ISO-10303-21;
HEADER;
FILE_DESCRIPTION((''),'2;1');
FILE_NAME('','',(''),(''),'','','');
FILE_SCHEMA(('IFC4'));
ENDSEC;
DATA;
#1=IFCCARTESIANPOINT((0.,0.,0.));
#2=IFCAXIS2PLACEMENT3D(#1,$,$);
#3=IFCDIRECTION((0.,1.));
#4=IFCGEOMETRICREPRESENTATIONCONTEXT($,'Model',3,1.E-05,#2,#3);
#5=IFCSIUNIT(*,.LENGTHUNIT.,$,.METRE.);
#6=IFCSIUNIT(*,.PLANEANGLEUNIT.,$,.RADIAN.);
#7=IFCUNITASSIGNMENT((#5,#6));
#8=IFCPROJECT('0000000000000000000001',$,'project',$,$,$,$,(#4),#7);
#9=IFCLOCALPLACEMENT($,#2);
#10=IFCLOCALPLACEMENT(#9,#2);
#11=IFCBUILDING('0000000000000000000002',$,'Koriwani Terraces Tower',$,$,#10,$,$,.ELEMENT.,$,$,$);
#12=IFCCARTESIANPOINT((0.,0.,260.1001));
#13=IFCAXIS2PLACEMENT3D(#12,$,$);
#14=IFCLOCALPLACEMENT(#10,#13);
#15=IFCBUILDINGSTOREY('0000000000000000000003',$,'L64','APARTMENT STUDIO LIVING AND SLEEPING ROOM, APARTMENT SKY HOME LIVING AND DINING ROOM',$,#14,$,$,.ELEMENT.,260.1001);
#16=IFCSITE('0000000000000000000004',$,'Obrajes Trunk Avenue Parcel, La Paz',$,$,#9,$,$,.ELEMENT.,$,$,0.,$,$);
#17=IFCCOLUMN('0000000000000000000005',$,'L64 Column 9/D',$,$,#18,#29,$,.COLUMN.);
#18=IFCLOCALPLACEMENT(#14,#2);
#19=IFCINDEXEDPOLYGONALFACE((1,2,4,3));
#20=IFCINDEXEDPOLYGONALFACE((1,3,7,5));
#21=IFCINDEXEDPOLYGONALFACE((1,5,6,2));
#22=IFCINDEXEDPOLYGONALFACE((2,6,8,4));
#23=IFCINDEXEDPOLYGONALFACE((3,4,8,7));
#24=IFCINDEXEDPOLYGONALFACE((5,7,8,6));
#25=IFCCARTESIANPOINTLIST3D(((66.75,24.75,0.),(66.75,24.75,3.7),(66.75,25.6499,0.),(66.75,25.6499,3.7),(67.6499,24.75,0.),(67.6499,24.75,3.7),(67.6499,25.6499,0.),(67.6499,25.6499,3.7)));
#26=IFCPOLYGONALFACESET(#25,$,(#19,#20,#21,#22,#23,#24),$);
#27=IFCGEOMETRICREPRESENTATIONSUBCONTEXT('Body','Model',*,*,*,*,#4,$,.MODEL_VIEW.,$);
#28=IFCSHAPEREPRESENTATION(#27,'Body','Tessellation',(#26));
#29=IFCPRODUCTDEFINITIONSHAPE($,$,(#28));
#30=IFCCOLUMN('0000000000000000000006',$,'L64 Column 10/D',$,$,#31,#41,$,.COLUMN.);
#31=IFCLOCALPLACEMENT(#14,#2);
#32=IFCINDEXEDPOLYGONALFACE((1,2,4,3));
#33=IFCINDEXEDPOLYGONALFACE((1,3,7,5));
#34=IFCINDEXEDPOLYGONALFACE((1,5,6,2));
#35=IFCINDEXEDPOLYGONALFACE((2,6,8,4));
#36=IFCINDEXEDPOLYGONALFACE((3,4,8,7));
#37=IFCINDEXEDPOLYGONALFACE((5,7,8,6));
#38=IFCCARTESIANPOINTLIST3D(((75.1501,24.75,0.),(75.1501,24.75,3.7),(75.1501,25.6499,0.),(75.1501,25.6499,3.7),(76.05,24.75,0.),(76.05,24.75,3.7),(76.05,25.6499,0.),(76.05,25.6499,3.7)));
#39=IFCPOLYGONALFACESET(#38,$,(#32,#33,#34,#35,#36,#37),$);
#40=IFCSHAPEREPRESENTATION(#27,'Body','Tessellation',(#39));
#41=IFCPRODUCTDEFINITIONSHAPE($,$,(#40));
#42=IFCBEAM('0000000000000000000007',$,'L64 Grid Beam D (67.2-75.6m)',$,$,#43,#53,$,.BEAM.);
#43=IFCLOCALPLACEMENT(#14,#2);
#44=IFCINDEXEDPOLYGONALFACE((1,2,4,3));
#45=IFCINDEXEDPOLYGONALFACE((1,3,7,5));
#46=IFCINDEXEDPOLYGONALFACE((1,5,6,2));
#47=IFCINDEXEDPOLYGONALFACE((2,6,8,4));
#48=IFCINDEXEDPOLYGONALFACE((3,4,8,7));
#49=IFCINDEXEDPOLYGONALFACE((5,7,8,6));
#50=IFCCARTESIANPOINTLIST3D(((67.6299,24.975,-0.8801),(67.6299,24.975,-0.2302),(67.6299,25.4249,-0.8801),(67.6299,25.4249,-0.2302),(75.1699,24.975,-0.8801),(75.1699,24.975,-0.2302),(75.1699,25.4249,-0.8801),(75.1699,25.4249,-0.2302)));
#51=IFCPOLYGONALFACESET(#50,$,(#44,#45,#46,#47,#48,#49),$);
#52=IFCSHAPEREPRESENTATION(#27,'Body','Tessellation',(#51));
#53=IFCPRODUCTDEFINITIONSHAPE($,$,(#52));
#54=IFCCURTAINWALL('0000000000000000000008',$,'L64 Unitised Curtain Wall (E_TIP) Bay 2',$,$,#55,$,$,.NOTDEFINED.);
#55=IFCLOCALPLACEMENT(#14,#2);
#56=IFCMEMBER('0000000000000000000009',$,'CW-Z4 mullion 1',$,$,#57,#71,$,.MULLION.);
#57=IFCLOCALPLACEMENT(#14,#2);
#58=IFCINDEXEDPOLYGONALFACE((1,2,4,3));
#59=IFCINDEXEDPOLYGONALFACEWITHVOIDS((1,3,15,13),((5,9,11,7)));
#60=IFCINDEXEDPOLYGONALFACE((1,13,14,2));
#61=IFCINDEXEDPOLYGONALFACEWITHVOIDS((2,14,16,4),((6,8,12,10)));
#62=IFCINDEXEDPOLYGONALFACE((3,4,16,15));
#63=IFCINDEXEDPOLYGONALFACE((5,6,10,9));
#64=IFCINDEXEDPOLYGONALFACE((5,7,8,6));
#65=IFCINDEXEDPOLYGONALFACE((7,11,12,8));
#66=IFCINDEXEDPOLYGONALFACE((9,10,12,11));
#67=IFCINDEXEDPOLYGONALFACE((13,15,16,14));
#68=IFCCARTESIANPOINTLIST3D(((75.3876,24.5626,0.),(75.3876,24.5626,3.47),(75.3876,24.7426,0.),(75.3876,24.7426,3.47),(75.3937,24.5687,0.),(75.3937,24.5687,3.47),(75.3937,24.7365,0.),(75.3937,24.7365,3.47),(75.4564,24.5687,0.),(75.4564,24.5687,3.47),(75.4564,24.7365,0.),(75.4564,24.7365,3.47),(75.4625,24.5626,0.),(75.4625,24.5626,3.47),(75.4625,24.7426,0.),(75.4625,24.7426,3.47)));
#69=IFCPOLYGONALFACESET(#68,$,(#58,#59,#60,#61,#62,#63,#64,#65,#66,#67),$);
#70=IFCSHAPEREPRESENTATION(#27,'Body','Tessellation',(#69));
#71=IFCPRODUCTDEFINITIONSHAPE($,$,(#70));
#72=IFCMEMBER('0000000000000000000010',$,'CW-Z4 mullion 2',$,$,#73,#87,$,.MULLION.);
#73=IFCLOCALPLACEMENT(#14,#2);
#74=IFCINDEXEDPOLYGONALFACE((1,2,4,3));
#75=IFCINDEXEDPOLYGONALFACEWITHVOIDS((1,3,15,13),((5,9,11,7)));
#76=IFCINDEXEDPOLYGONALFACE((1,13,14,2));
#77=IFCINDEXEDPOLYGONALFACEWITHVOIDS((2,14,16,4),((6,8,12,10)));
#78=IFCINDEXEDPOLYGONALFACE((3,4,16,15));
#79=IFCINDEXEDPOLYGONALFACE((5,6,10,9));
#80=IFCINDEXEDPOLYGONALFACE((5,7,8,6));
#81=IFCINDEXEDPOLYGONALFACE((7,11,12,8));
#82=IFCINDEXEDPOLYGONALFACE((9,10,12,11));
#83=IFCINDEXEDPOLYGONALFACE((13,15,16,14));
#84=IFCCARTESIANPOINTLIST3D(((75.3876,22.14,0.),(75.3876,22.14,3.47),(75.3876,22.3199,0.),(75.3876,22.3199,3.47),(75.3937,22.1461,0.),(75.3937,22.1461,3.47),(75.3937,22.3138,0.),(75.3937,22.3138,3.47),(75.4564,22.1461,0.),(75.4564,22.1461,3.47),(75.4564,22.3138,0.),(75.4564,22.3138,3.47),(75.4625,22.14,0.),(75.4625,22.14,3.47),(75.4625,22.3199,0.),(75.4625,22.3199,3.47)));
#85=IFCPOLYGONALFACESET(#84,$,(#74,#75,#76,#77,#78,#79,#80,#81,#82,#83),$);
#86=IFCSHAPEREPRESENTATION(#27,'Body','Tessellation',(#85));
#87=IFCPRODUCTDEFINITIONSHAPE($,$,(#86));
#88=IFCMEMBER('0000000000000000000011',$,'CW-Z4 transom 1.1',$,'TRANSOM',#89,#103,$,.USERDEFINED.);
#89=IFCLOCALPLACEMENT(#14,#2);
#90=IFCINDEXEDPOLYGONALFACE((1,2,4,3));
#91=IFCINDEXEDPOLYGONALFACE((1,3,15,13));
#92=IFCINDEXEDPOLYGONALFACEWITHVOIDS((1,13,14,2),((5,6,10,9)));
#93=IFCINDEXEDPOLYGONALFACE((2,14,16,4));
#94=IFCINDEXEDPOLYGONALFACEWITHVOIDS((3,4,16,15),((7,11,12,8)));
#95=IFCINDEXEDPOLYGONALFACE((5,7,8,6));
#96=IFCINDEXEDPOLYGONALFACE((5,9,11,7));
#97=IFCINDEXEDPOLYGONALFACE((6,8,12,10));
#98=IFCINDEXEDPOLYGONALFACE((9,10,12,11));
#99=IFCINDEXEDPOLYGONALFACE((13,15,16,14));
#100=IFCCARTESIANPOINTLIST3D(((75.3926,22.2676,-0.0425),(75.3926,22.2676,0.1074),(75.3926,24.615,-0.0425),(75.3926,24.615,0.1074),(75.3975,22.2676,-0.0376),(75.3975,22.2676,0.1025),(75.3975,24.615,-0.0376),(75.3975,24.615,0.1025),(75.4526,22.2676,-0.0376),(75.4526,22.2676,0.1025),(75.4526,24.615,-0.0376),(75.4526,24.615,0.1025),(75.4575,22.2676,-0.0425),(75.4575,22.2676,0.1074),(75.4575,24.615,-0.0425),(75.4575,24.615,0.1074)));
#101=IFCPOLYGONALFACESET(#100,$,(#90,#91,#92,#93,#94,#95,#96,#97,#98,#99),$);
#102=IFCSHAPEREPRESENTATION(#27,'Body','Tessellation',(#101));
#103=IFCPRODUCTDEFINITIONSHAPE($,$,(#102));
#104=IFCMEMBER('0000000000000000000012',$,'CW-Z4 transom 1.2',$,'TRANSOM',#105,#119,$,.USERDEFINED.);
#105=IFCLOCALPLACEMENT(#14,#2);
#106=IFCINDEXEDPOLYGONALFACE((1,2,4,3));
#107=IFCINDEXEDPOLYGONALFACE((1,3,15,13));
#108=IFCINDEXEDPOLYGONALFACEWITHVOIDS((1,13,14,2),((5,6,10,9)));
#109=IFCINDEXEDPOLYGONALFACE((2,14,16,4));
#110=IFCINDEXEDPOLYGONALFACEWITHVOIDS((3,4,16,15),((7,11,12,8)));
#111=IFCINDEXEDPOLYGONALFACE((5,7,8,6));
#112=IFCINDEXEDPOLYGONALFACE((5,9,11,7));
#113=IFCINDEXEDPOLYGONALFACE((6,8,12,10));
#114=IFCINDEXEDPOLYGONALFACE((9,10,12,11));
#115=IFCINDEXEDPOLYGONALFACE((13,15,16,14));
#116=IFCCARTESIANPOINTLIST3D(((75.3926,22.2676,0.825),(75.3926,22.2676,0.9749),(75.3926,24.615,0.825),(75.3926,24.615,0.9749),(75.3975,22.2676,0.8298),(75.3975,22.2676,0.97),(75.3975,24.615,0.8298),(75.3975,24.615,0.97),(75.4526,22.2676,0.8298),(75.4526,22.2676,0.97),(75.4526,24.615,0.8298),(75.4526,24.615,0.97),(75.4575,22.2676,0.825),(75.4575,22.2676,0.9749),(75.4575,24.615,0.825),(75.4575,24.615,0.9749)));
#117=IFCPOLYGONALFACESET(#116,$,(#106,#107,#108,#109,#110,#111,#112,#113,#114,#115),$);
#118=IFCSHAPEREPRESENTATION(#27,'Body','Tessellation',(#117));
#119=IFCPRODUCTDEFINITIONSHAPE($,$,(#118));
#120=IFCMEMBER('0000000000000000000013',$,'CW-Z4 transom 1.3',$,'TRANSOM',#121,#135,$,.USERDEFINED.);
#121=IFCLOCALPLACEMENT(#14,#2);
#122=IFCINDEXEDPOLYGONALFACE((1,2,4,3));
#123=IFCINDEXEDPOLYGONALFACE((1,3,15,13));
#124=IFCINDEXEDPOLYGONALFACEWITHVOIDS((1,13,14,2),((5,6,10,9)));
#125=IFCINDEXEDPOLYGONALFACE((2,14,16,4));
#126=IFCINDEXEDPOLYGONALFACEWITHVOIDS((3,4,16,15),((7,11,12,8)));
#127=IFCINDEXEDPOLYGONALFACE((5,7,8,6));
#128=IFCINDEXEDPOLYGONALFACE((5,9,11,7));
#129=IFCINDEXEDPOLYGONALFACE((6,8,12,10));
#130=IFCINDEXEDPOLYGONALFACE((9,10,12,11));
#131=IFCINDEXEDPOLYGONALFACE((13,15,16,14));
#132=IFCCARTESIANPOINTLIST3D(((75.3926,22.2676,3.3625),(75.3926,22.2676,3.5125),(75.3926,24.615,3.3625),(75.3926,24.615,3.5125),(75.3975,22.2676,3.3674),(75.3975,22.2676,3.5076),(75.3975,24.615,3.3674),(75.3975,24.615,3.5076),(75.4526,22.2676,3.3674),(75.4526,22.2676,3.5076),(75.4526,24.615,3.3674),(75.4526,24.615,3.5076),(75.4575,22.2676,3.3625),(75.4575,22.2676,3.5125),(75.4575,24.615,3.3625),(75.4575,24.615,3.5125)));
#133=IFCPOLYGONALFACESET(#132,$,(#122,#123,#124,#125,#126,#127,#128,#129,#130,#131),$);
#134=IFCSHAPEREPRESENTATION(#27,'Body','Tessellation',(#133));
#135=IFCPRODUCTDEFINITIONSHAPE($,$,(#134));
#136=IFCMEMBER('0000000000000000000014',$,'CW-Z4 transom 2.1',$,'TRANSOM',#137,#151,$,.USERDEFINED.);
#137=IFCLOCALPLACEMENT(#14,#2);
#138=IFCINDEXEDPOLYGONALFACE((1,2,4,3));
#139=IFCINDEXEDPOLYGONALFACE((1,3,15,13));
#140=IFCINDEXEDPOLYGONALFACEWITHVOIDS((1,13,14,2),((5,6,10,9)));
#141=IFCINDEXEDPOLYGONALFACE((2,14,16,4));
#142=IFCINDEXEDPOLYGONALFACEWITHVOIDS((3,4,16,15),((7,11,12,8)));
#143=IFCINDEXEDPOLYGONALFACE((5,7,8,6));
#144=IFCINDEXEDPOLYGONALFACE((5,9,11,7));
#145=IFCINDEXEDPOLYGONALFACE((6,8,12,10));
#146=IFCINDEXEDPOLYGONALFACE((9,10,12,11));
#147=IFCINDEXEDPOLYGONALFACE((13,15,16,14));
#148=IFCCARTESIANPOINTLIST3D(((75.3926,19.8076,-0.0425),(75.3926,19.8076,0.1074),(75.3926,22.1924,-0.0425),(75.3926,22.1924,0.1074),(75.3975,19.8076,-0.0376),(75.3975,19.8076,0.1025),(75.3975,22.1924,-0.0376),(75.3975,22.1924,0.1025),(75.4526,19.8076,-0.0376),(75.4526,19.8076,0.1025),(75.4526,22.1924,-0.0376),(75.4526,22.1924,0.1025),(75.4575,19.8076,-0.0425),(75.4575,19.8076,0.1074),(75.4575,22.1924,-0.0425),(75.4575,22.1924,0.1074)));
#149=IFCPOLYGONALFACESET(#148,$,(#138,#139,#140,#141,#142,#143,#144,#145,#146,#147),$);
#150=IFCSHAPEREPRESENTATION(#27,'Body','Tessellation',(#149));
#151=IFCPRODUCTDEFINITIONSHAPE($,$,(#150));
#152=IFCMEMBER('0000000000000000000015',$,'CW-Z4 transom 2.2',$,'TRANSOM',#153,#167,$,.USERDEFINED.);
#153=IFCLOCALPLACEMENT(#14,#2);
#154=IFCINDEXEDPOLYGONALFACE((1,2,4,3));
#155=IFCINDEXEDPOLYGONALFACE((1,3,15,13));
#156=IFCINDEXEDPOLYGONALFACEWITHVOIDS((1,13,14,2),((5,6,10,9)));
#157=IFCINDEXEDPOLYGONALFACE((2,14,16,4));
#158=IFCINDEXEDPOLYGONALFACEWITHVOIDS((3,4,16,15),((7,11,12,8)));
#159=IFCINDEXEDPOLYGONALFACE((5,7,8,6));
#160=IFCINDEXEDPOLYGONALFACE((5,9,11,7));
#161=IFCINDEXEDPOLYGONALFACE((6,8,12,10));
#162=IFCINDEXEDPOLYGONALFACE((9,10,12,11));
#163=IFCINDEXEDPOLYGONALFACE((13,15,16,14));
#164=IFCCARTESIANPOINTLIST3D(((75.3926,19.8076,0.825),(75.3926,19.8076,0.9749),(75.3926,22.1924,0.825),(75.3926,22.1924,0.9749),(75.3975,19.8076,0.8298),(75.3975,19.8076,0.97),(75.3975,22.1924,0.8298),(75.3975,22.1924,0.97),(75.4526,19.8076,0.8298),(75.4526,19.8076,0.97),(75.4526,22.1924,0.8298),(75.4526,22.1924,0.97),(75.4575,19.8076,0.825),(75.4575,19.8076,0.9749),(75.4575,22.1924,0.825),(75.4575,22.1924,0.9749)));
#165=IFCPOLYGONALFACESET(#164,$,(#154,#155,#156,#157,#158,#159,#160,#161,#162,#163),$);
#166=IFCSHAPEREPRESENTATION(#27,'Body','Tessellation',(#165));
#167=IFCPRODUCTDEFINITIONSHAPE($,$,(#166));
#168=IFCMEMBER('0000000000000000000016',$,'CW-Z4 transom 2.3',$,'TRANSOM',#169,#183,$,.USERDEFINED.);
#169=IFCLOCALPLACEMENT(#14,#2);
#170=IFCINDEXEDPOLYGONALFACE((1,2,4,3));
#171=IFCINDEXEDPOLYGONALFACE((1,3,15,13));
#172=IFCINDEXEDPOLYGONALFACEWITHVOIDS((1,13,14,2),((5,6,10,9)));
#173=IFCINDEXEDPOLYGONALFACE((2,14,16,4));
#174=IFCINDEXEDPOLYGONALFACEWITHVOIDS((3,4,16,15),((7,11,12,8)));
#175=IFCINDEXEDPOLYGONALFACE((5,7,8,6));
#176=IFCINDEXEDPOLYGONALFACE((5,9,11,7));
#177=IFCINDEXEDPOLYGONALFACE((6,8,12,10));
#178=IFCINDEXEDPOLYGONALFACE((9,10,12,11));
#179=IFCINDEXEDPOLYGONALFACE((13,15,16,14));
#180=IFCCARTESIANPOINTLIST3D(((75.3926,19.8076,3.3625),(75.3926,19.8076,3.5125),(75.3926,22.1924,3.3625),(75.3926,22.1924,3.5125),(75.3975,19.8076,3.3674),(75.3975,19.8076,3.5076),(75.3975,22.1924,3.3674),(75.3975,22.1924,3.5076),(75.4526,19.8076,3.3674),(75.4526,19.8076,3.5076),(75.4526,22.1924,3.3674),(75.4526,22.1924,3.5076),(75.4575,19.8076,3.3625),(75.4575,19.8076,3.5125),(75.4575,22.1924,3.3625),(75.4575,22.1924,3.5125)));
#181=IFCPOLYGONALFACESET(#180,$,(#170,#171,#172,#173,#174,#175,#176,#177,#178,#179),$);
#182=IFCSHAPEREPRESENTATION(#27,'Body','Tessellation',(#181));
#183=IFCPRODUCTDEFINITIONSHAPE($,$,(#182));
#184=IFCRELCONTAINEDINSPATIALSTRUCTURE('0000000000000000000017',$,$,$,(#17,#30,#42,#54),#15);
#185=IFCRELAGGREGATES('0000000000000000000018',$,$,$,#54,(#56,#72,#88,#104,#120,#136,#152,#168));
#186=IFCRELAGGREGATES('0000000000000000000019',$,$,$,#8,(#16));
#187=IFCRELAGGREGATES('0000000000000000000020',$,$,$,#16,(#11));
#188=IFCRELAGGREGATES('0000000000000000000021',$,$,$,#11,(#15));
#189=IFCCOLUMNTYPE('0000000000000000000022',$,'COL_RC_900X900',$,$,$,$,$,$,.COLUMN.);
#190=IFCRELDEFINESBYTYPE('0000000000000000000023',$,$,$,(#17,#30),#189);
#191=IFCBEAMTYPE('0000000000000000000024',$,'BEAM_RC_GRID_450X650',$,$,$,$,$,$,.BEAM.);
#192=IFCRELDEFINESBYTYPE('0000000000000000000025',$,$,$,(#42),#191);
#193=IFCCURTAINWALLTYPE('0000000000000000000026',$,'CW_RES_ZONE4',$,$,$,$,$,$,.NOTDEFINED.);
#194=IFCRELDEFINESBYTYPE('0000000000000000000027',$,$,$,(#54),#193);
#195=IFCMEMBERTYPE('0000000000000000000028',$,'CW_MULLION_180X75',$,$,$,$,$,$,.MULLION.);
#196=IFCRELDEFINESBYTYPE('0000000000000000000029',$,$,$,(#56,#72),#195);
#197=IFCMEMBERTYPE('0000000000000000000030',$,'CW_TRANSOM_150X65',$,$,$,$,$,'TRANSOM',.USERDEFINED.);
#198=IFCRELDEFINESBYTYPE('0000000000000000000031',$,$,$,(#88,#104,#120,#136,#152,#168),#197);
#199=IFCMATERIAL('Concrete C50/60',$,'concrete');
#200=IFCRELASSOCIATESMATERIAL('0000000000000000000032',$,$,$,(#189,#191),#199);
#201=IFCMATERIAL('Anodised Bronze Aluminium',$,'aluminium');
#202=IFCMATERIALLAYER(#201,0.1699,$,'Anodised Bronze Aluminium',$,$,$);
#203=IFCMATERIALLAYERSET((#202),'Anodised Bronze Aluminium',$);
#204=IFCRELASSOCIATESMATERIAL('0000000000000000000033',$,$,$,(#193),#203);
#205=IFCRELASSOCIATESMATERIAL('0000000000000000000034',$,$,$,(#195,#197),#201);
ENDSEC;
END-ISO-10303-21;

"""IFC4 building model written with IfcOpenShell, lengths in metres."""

from ifc_helpers import new_model, si_unit, direction, frame, origin, origin_2d, place, context, subcontext, project, spatial, rectangle, hollow_rectangle, extrude, material, layer, layer_set, material_profile, profile_set, type_object, element, aggregate, save


model = new_model("IFC4")

# Units and contexts
model_context = context("Model", 3, precision=1e-05, world=origin(), true_north=direction((0.0, 1.0)))
body_context = subcontext(model_context, "Body", "Model", "MODEL_VIEW")
ifc_project = project(units=[si_unit("LENGTHUNIT", "METRE"), si_unit("PLANEANGLEUNIT", "RADIAN")], contexts=[model_context])

# Site, building, storey
site_placement = place(None, origin())
site = spatial("IfcSite", under=ifc_project, at=site_placement, Name="Obrajes Trunk Avenue Parcel, La Paz", CompositionType="ELEMENT", RefElevation=0.0)
building_placement = place(site_placement, origin())
building = spatial("IfcBuilding", under=site, at=building_placement, Name="Koriwani Terraces Tower", CompositionType="ELEMENT")
storey_placement = place(building_placement, frame((0.0, 0.0, 260.1001)))
storey = spatial("IfcBuildingStorey", under=building, at=storey_placement, Name="L64", Description="APARTMENT STUDIO LIVING AND SLEEPING ROOM, APARTMENT SKY HOME LIVING AND DINING ROOM", CompositionType="ELEMENT", Elevation=260.1001)

# Columns
ifc_material_1 = material(Name="Concrete C50/60", Category="concrete")
ifc_material_profile_1 = material_profile(ifc_material_1, rectangle(XDim=0.8999, YDim=0.8999, at=origin_2d()), Name="Concrete C50/60", Category="LoadBearing")
ifc_profile_set_1 = profile_set([ifc_material_profile_1], Name="Concrete C50/60")
column_type = type_object("IfcColumnType", Name="COL_RC_900X900", PredefinedType="COLUMN", material=ifc_profile_set_1)
for number, where, z_axis, x_axis, name in (
    (1, (67.2, 25.2, 0.0), (0.0, 0.0, 1.0), (1.0, 0.0, 0.0), "L64 Column 9/D"),
    (2, (75.6001, 25.2, 0.0), (0.0, 0.0, 1.0), (1.0, 0.0, 0.0), "L64 Column 10/D"),
):
    element("IfcColumn", number, at=place(storey_placement, frame(where, z_axis=z_axis, x_axis=x_axis)), inside=storey, type_object=column_type, Name=name, PredefinedType="COLUMN", context=body_context, shape_type="SweptSolid", body=[
        extrude(rectangle(XDim=0.8999, YDim=0.8999, at=origin_2d()), origin(), (0.0, 0.0, 1.0), 3.7),
    ])

# Beam
ifc_material_profile_2 = material_profile(ifc_material_1, rectangle(XDim=0.45, YDim=0.6499, at=origin_2d()), Name="Concrete C50/60", Category="LoadBearing")
ifc_profile_set_2 = profile_set([ifc_material_profile_2], Name="Concrete C50/60")
beam_type_1 = type_object("IfcBeamType", Name="BEAM_RC_GRID_450X650", PredefinedType="BEAM", material=ifc_profile_set_2)
beam_1_placement = place(storey_placement, frame((67.6299, 25.2, -0.5552), z_axis=(1.0, 0.0, 0.0), x_axis=(0.0, 1.0, 0.0)))
element("IfcBeam", 3, at=beam_1_placement, inside=storey, type_object=beam_type_1, Name="L64 Grid Beam D (67.2-75.6m)", PredefinedType="BEAM", context=body_context, shape_type="SweptSolid", body=[
    extrude(rectangle(XDim=0.45, YDim=0.6499, at=origin_2d()), origin(), (0.0, 0.0, 1.0), 7.54),
])

# Curtain wall, members
ifc_material_2 = material(Name="Anodised Bronze Aluminium", Category="aluminium")
ifc_layer_1 = layer(ifc_material_2, 0.1699, Name="Anodised Bronze Aluminium")
ifc_layer_set_1 = layer_set([ifc_layer_1], Name="Anodised Bronze Aluminium")
curtain_wall_type = type_object("IfcCurtainWallType", Name="CW_RES_ZONE4", PredefinedType="NOTDEFINED", material=ifc_layer_set_1)
curtain_wall_placement = place(storey_placement, origin())
curtain_wall = element("IfcCurtainWall", 4, at=curtain_wall_placement, inside=storey, type_object=curtain_wall_type, Name="L64 Unitised Curtain Wall (E_TIP) Bay 2", PredefinedType="NOTDEFINED")
ifc_material_profile_3 = material_profile(ifc_material_2, hollow_rectangle(XDim=0.075, YDim=0.1799, WallThickness=0.0061, at=origin_2d()), Name="Anodised Bronze Aluminium", Category="LoadBearing")
ifc_profile_set_3 = profile_set([ifc_material_profile_3], Name="Anodised Bronze Aluminium")
member_type_1 = type_object("IfcMemberType", Name="CW_MULLION_180X75", PredefinedType="MULLION", material=ifc_profile_set_3)
member_1_placement = place(storey_placement, frame((75.425, 24.6526, 0.0), z_axis=(0.0, 0.0, 1.0), x_axis=(1.0, 0.0, 0.0)))
member_1 = element("IfcMember", 5, at=member_1_placement, type_object=member_type_1, Name="CW-Z4 mullion 1", PredefinedType="MULLION", context=body_context, shape_type="SweptSolid", body=[
    extrude(hollow_rectangle(XDim=0.075, YDim=0.1799, WallThickness=0.0061, at=origin_2d()), origin(), (0.0, 0.0, 1.0), 3.47),
])
member_2_placement = place(storey_placement, frame((75.425, 22.23, 0.0), z_axis=(0.0, 0.0, 1.0), x_axis=(1.0, 0.0, 0.0)))
member_2 = element("IfcMember", 6, at=member_2_placement, type_object=member_type_1, Name="CW-Z4 mullion 2", PredefinedType="MULLION", context=body_context, shape_type="SweptSolid", body=[
    extrude(hollow_rectangle(XDim=0.075, YDim=0.1799, WallThickness=0.0061, at=origin_2d()), origin(), (0.0, 0.0, 1.0), 3.47),
])
ifc_material_profile_4 = material_profile(ifc_material_2, hollow_rectangle(XDim=0.0649, YDim=0.1499, WallThickness=0.0049, at=origin_2d()), Name="Anodised Bronze Aluminium", Category="LoadBearing")
ifc_profile_set_4 = profile_set([ifc_material_profile_4], Name="Anodised Bronze Aluminium")
member_type_2 = type_object("IfcMemberType", Name="CW_TRANSOM_150X65", ElementType="TRANSOM", PredefinedType="USERDEFINED", material=ifc_profile_set_4)
member_3_placement = place(storey_placement, frame((75.425, 24.615, 0.0325), z_axis=(0.0, -1.0, 0.0), x_axis=(1.0, 0.0, 0.0)))
member_3 = element("IfcMember", 7, at=member_3_placement, type_object=member_type_2, Name="CW-Z4 transom 1.1", ObjectType="TRANSOM", PredefinedType="USERDEFINED", context=body_context, shape_type="SweptSolid", body=[
    extrude(hollow_rectangle(XDim=0.0649, YDim=0.1499, WallThickness=0.0049, at=origin_2d()), origin(), (0.0, 0.0, 1.0), 2.3474),
])
member_4_placement = place(storey_placement, frame((75.425, 24.615, 0.8999), z_axis=(0.0, -1.0, 0.0), x_axis=(1.0, 0.0, 0.0)))
member_4 = element("IfcMember", 8, at=member_4_placement, type_object=member_type_2, Name="CW-Z4 transom 1.2", ObjectType="TRANSOM", PredefinedType="USERDEFINED", context=body_context, shape_type="SweptSolid", body=[
    extrude(hollow_rectangle(XDim=0.0649, YDim=0.1499, WallThickness=0.0049, at=origin_2d()), origin(), (0.0, 0.0, 1.0), 2.3474),
])
member_5_placement = place(storey_placement, frame((75.425, 24.615, 3.4375), z_axis=(0.0, -1.0, 0.0), x_axis=(1.0, 0.0, 0.0)))
member_5 = element("IfcMember", 9, at=member_5_placement, type_object=member_type_2, Name="CW-Z4 transom 1.3", ObjectType="TRANSOM", PredefinedType="USERDEFINED", context=body_context, shape_type="SweptSolid", body=[
    extrude(hollow_rectangle(XDim=0.0649, YDim=0.1499, WallThickness=0.0049, at=origin_2d()), origin(), (0.0, 0.0, 1.0), 2.3474),
])
member_6_placement = place(storey_placement, frame((75.425, 22.1924, 0.0325), z_axis=(0.0, -1.0, 0.0), x_axis=(1.0, 0.0, 0.0)))
member_6 = element("IfcMember", 10, at=member_6_placement, type_object=member_type_2, Name="CW-Z4 transom 2.1", ObjectType="TRANSOM", PredefinedType="USERDEFINED", context=body_context, shape_type="SweptSolid", body=[
    extrude(hollow_rectangle(XDim=0.0649, YDim=0.1499, WallThickness=0.0049, at=origin_2d()), origin(), (0.0, 0.0, 1.0), 2.3848),
])
member_7_placement = place(storey_placement, frame((75.425, 22.1924, 0.8999), z_axis=(0.0, -1.0, 0.0), x_axis=(1.0, 0.0, 0.0)))
member_7 = element("IfcMember", 11, at=member_7_placement, type_object=member_type_2, Name="CW-Z4 transom 2.2", ObjectType="TRANSOM", PredefinedType="USERDEFINED", context=body_context, shape_type="SweptSolid", body=[
    extrude(hollow_rectangle(XDim=0.0649, YDim=0.1499, WallThickness=0.0049, at=origin_2d()), origin(), (0.0, 0.0, 1.0), 2.3848),
])
member_8_placement = place(storey_placement, frame((75.425, 22.1924, 3.4375), z_axis=(0.0, -1.0, 0.0), x_axis=(1.0, 0.0, 0.0)))
member_8 = element("IfcMember", 12, at=member_8_placement, type_object=member_type_2, Name="CW-Z4 transom 2.3", ObjectType="TRANSOM", PredefinedType="USERDEFINED", context=body_context, shape_type="SweptSolid", body=[
    extrude(hollow_rectangle(XDim=0.0649, YDim=0.1499, WallThickness=0.0049, at=origin_2d()), origin(), (0.0, 0.0, 1.0), 2.3848),
])

aggregate(curtain_wall, [member_1, member_2, member_3, member_4, member_5, member_6, member_7, member_8])

save(model, "model.ifc")
